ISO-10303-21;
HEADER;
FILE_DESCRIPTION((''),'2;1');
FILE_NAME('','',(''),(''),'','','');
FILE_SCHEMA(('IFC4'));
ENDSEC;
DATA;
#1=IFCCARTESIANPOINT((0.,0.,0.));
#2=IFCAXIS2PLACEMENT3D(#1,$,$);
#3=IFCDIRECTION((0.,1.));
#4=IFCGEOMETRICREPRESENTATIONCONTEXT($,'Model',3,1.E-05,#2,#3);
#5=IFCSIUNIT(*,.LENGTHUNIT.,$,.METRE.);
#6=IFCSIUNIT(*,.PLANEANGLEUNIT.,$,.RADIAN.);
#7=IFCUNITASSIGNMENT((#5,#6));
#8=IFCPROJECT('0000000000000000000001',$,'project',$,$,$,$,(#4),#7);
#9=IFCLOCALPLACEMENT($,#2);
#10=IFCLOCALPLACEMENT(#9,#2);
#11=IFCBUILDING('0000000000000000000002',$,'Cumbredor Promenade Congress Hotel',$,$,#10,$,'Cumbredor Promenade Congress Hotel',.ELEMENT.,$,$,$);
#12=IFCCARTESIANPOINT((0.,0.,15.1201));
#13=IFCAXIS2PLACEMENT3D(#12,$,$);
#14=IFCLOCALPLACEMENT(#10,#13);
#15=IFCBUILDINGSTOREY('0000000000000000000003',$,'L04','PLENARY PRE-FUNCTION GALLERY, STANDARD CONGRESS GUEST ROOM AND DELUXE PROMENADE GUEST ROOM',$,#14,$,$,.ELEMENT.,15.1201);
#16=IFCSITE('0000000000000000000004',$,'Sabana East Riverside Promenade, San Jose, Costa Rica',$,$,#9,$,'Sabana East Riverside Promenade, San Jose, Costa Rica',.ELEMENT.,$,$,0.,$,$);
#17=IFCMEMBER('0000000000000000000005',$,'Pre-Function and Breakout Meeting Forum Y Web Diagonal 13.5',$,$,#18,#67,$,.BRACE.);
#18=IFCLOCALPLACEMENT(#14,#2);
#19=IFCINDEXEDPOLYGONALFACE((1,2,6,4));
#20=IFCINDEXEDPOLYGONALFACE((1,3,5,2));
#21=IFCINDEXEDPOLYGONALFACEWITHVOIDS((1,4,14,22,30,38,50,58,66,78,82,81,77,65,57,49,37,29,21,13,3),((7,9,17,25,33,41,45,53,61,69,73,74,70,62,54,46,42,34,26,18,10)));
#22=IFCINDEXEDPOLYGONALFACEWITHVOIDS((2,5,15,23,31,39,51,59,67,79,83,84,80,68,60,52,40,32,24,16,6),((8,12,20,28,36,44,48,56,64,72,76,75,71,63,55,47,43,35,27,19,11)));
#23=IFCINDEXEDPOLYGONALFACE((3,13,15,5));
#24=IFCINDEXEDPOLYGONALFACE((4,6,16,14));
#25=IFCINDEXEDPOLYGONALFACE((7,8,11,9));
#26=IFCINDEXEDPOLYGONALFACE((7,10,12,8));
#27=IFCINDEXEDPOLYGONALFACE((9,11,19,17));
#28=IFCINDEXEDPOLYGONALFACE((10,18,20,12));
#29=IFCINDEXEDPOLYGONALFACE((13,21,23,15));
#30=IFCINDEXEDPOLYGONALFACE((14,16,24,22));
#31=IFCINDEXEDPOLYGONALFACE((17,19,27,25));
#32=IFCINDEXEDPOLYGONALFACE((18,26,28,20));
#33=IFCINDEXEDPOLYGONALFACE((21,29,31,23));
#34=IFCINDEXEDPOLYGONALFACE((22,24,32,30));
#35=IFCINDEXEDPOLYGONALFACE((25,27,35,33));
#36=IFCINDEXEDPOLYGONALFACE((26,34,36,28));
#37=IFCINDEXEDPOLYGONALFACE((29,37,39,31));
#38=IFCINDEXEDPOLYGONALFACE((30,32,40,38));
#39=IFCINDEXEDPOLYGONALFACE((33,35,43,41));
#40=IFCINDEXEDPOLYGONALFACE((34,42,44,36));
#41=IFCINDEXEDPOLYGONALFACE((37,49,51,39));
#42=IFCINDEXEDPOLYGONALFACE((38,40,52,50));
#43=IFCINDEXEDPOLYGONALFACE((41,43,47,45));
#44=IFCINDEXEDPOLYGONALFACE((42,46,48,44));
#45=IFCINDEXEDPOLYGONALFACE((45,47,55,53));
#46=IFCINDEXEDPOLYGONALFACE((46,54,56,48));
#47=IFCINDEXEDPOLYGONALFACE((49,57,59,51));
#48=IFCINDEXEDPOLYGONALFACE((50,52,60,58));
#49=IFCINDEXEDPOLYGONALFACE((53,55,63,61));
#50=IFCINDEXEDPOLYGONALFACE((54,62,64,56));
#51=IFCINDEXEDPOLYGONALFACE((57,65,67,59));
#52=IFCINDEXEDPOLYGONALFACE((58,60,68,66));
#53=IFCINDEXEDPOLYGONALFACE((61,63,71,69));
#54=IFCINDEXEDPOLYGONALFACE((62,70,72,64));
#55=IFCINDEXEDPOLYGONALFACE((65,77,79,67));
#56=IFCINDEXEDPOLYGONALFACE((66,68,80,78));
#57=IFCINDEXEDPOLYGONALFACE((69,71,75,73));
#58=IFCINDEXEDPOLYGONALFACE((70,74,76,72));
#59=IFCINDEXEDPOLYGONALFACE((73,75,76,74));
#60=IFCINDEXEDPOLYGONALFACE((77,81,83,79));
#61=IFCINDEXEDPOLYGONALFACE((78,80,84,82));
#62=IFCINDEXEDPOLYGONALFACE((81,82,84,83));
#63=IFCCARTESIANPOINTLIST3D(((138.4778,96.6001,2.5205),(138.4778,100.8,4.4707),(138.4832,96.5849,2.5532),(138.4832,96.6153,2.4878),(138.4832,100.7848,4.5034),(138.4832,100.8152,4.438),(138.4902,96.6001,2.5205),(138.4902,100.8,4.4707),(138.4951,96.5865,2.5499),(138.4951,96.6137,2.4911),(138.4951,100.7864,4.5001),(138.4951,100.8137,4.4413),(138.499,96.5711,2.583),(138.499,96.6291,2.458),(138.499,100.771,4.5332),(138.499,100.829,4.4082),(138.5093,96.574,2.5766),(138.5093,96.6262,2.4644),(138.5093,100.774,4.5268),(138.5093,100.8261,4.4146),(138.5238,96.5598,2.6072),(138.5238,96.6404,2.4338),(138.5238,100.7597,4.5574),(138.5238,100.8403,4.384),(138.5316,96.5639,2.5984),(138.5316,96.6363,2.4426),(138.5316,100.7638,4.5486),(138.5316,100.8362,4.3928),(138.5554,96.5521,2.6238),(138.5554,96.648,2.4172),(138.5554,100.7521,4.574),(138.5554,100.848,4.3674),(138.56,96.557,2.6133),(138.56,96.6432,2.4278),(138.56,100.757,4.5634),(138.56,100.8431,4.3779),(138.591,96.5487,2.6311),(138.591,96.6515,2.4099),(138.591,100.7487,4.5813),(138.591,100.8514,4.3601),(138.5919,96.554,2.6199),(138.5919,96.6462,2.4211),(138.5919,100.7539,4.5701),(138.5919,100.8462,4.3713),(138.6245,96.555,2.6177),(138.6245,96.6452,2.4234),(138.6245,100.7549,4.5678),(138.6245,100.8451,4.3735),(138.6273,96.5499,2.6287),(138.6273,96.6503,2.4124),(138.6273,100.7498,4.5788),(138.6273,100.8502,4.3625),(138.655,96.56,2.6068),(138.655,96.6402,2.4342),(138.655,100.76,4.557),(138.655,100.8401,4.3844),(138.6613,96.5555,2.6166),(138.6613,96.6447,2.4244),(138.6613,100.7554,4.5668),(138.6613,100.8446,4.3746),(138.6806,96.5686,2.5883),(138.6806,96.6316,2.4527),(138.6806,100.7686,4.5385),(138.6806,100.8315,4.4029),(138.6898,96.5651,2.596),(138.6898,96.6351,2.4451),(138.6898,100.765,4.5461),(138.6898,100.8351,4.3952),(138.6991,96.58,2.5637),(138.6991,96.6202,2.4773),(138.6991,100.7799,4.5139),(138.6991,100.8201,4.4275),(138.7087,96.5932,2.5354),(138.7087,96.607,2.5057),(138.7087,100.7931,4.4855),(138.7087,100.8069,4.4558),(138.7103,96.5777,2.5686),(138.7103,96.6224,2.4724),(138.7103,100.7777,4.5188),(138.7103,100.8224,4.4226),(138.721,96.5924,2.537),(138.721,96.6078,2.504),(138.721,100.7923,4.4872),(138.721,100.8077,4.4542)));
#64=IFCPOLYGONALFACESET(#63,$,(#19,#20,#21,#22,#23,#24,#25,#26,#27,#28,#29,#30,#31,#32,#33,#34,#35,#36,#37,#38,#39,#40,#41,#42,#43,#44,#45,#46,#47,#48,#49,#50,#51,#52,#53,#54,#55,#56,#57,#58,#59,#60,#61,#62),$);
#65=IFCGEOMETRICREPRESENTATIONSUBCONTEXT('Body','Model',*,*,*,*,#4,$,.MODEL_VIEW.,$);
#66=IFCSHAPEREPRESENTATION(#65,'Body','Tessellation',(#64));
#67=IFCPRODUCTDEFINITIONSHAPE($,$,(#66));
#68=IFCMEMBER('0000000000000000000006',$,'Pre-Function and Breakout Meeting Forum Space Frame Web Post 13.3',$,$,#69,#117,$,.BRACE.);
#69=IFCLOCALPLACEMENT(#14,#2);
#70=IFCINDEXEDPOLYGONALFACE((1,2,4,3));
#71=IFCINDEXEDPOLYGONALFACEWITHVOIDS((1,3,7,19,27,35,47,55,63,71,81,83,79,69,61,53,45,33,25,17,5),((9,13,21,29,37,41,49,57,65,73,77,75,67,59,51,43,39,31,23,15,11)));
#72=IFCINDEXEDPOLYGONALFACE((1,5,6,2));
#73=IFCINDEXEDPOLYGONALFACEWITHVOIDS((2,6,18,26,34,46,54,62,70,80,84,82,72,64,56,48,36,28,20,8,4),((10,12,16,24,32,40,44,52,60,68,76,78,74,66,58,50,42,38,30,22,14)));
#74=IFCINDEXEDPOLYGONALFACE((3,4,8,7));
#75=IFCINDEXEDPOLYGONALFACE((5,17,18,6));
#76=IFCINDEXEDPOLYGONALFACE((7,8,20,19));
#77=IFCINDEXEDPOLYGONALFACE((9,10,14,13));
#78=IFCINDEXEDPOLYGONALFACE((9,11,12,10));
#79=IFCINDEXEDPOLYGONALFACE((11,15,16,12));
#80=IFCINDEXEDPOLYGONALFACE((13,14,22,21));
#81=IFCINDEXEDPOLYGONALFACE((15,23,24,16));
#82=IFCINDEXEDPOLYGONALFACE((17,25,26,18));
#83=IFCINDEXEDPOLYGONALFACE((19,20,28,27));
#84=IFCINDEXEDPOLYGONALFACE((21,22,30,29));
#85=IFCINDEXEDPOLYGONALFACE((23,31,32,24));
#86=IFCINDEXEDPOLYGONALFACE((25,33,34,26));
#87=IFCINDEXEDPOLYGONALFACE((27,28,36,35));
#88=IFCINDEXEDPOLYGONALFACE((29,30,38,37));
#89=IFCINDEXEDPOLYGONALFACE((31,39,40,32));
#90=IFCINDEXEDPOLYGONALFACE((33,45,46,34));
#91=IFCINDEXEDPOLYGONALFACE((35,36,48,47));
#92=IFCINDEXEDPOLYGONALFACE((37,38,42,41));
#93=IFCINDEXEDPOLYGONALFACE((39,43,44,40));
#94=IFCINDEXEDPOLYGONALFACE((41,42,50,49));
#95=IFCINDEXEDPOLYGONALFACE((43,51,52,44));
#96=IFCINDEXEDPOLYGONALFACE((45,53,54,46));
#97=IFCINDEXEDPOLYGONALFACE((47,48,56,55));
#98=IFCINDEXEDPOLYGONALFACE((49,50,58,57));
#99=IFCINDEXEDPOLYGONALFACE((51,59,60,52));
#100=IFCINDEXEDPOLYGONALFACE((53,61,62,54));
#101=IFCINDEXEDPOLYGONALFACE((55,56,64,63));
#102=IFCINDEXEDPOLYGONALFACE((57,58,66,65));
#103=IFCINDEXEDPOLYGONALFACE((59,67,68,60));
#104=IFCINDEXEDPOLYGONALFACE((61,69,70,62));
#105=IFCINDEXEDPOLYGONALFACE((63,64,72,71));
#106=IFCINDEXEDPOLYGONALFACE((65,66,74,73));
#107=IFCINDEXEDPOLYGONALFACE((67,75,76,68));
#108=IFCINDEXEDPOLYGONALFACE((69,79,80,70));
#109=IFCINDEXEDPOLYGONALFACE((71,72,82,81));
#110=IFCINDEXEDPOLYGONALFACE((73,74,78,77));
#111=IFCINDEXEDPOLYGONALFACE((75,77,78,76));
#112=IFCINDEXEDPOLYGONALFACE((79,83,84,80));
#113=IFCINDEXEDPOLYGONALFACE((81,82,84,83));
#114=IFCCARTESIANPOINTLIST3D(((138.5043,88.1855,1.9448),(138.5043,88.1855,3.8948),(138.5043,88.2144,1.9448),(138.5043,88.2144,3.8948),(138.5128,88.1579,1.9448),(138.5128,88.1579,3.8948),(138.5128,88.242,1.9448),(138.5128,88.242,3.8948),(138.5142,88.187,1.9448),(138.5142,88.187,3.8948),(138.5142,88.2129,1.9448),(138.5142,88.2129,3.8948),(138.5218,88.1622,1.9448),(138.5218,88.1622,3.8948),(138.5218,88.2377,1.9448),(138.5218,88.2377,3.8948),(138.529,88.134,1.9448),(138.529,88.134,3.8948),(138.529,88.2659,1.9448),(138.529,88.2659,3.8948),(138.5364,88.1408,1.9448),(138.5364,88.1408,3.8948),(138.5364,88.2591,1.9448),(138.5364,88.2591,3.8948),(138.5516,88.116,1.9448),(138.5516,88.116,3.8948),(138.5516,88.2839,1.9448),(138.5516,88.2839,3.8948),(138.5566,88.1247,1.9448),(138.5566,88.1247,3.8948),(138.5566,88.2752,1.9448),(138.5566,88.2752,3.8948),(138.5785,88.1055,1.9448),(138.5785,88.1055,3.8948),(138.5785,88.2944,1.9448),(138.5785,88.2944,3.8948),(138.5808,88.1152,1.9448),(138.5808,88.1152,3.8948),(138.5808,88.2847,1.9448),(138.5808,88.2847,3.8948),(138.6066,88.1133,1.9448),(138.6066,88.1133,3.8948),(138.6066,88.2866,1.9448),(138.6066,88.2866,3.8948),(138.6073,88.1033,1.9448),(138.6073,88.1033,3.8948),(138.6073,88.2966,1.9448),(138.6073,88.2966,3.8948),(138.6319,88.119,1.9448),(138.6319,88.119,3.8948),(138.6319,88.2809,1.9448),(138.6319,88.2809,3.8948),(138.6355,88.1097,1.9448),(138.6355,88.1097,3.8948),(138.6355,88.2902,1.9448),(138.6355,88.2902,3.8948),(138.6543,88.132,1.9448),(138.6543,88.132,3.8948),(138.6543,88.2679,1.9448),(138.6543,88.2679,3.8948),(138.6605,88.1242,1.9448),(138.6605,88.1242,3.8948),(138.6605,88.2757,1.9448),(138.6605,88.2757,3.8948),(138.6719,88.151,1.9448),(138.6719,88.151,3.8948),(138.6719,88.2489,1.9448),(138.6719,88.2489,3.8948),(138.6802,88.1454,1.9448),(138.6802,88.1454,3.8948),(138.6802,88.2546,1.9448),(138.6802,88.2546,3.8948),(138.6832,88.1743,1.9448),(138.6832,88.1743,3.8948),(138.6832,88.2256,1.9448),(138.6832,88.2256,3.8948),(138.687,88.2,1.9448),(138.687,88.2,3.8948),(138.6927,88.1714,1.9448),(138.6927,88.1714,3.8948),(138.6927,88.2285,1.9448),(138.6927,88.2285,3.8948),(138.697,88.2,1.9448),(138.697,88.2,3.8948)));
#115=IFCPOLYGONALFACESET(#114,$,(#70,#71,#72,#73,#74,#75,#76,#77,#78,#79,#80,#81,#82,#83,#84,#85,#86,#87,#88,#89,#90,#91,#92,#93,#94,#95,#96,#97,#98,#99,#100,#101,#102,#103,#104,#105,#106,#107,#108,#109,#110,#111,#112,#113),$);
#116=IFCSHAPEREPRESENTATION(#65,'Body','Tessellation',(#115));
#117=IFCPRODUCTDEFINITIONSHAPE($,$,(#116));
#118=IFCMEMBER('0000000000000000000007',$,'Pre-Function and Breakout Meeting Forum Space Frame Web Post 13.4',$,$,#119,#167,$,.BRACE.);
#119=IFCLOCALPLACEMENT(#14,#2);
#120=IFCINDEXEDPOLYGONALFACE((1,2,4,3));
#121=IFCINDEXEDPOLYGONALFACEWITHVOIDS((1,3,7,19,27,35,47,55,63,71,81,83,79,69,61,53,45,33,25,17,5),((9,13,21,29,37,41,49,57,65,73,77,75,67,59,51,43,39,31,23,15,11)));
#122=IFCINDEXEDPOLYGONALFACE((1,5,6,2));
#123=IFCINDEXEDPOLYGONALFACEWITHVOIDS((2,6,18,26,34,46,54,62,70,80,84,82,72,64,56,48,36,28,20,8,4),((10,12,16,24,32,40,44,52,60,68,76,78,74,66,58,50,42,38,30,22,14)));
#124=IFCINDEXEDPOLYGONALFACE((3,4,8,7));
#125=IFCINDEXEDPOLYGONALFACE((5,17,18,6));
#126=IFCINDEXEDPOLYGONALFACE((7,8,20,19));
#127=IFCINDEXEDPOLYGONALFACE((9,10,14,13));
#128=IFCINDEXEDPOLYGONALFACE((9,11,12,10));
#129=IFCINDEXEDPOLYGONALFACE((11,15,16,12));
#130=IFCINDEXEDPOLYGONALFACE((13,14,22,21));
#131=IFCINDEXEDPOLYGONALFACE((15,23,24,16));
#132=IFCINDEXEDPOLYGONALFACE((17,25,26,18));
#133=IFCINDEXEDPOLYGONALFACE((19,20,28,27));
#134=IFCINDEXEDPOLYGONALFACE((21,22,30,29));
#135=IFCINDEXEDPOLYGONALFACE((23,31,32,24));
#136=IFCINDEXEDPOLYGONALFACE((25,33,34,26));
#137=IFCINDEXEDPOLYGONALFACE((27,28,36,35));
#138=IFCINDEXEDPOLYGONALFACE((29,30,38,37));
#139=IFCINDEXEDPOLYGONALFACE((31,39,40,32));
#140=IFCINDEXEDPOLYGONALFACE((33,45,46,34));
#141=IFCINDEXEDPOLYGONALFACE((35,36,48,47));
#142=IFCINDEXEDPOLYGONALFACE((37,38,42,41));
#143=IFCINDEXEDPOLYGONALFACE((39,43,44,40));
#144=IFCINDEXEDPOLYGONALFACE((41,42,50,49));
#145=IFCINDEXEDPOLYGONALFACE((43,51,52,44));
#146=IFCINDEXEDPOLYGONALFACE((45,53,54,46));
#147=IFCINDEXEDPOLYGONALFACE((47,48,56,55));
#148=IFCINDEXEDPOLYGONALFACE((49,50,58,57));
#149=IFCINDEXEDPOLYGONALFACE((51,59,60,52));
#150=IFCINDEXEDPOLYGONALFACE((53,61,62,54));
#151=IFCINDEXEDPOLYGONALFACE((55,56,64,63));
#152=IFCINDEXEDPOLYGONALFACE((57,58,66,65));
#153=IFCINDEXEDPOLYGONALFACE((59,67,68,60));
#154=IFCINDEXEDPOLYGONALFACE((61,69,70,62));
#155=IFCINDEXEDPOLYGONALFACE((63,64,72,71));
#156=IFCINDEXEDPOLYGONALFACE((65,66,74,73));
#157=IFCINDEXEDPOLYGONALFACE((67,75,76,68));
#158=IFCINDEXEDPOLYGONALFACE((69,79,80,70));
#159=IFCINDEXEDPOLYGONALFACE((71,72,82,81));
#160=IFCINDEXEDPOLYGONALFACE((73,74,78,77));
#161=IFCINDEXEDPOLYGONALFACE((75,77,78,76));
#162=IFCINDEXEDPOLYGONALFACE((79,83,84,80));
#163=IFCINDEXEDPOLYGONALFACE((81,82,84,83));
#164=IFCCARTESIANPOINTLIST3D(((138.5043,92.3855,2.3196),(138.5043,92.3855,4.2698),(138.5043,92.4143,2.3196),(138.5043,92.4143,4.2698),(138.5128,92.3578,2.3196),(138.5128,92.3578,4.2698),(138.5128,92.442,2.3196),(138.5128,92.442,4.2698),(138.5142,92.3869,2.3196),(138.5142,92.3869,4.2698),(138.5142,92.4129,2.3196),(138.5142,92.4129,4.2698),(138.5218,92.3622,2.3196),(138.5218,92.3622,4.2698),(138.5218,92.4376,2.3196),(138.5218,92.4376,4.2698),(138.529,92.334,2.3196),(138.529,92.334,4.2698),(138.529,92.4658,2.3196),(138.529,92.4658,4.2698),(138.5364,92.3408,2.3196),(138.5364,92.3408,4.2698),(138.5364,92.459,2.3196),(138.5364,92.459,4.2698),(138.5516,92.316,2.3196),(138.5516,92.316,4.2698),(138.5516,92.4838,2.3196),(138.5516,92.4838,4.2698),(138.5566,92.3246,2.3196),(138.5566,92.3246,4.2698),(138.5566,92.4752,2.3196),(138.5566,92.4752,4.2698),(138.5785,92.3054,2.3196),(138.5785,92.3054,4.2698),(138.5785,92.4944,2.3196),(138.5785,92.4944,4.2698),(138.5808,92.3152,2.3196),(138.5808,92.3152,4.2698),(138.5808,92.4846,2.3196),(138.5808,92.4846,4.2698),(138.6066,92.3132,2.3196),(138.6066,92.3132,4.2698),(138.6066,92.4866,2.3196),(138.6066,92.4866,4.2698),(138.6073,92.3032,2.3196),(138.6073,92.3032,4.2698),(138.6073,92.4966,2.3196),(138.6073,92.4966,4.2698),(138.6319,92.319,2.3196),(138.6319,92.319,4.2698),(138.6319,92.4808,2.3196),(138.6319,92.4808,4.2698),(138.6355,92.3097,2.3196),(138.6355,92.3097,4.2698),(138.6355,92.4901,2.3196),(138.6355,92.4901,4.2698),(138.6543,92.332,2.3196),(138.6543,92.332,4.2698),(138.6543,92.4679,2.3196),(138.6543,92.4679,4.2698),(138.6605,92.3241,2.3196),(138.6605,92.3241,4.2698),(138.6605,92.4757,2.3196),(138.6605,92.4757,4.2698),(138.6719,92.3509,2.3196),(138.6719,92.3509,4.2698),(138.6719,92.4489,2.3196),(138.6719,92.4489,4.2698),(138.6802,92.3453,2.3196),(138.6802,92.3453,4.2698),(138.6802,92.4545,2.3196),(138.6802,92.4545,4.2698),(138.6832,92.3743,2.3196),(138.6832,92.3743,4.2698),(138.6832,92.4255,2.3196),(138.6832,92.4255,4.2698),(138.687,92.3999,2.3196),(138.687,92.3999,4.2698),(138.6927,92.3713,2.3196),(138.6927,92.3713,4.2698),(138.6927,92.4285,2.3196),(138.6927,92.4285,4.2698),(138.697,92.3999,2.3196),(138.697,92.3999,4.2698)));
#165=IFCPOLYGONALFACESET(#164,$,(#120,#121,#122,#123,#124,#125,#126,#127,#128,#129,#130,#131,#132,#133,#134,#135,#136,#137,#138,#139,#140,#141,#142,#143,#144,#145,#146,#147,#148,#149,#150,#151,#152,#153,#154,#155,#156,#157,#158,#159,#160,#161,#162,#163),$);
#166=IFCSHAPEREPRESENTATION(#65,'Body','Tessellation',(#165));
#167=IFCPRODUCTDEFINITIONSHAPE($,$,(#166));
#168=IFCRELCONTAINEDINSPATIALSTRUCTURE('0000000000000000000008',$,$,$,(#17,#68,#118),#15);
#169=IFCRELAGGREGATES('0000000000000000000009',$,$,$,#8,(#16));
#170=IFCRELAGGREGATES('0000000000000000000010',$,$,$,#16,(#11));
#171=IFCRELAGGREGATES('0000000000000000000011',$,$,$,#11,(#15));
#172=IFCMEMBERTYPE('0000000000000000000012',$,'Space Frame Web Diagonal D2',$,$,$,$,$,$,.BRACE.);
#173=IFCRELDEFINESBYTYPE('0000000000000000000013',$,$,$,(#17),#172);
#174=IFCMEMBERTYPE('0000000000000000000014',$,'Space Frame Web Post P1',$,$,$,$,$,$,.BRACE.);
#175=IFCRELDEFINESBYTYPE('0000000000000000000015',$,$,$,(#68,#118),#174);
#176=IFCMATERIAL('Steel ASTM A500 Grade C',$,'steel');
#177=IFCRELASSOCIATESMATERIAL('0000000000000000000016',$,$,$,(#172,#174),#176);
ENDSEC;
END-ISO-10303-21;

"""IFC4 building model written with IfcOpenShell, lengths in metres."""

from ifc_helpers import new_model, si_unit, direction, frame, origin, origin_2d, place, context, subcontext, project, spatial, hollow_circle, extrude, material, material_profile, profile_set, type_object, element, save


model = new_model("IFC4")

# Units and contexts
model_context = context("Model", 3, precision=1e-05, world=origin(), true_north=direction((0.0, 1.0)))
body_context = subcontext(model_context, "Body", "Model", "MODEL_VIEW")
ifc_project = project(units=[si_unit("LENGTHUNIT", "METRE"), si_unit("PLANEANGLEUNIT", "RADIAN")], contexts=[model_context])

# Site, building, storey
site_placement = place(None, origin())
site = spatial("IfcSite", under=ifc_project, at=site_placement, Name="Sabana East Riverside Promenade, San Jose, Costa Rica", LongName="Sabana East Riverside Promenade, San Jose, Costa Rica", CompositionType="ELEMENT", RefElevation=0.0)
building_placement = place(site_placement, origin())
building = spatial("IfcBuilding", under=site, at=building_placement, Name="Cumbredor Promenade Congress Hotel", LongName="Cumbredor Promenade Congress Hotel", CompositionType="ELEMENT")
storey_placement = place(building_placement, frame((0.0, 0.0, 15.1201)))
storey = spatial("IfcBuildingStorey", under=building, at=storey_placement, Name="L04", Description="PLENARY PRE-FUNCTION GALLERY, STANDARD CONGRESS GUEST ROOM AND DELUXE PROMENADE GUEST ROOM", CompositionType="ELEMENT", Elevation=15.1201)

# Members
ifc_material_1 = material(Name="Steel ASTM A500 Grade C", Category="steel")
ifc_material_profile_1 = material_profile(ifc_material_1, hollow_circle(Radius=0.1223, WallThickness=0.0125, at=origin_2d()), Name="CHS 244.5x12.5")
ifc_profile_set_1 = profile_set([ifc_material_profile_1], Name="Steel ASTM A500 Grade C")
member_type_1 = type_object("IfcMemberType", Name="Space Frame Web Diagonal D2", PredefinedType="BRACE", material=ifc_profile_set_1)
member_1_placement = place(storey_placement, frame((138.6001, 96.6001, 2.5205), z_axis=(0.0, 0.906991, 0.42115), x_axis=(-1.0, 0.0, 0.0)))
element("IfcMember", 1, at=member_1_placement, inside=storey, type_object=member_type_1, Name="Pre-Function and Breakout Meeting Forum Y Web Diagonal 13.5", PredefinedType="BRACE", context=body_context, shape_type="SweptSolid", body=[
    extrude(hollow_circle(Radius=0.1223, WallThickness=0.0125, at=origin_2d()), origin(), (0.0, 0.0, 1.0), 4.6306),
])
ifc_material_profile_2 = material_profile(ifc_material_1, hollow_circle(Radius=0.0969, WallThickness=0.01, at=origin_2d()), Name="CHS 193.7x10")
ifc_profile_set_2 = profile_set([ifc_material_profile_2], Name="Steel ASTM A500 Grade C")
member_type_2 = type_object("IfcMemberType", Name="Space Frame Web Post P1", PredefinedType="BRACE", material=ifc_profile_set_2)
member_2_placement = place(storey_placement, frame((138.6001, 88.2, 1.9448), z_axis=(0.0, 0.0, 1.0), x_axis=(1.0, 0.0, 0.0)))
element("IfcMember", 2, at=member_2_placement, inside=storey, type_object=member_type_2, Name="Pre-Function and Breakout Meeting Forum Space Frame Web Post 13.3", PredefinedType="BRACE", context=body_context, shape_type="SweptSolid", body=[
    extrude(hollow_circle(Radius=0.0969, WallThickness=0.01, at=origin_2d()), origin(), (0.0, 0.0, 1.0), 1.95),
])
member_3_placement = place(storey_placement, frame((138.6001, 92.3999, 2.3196), z_axis=(0.0, 0.0, 1.0), x_axis=(1.0, 0.0, 0.0)))
element("IfcMember", 3, at=member_3_placement, inside=storey, type_object=member_type_2, Name="Pre-Function and Breakout Meeting Forum Space Frame Web Post 13.4", PredefinedType="BRACE", context=body_context, shape_type="SweptSolid", body=[
    extrude(hollow_circle(Radius=0.0969, WallThickness=0.01, at=origin_2d()), origin(), (0.0, 0.0, 1.0), 1.9502),
])

save(model, "model.ifc")
